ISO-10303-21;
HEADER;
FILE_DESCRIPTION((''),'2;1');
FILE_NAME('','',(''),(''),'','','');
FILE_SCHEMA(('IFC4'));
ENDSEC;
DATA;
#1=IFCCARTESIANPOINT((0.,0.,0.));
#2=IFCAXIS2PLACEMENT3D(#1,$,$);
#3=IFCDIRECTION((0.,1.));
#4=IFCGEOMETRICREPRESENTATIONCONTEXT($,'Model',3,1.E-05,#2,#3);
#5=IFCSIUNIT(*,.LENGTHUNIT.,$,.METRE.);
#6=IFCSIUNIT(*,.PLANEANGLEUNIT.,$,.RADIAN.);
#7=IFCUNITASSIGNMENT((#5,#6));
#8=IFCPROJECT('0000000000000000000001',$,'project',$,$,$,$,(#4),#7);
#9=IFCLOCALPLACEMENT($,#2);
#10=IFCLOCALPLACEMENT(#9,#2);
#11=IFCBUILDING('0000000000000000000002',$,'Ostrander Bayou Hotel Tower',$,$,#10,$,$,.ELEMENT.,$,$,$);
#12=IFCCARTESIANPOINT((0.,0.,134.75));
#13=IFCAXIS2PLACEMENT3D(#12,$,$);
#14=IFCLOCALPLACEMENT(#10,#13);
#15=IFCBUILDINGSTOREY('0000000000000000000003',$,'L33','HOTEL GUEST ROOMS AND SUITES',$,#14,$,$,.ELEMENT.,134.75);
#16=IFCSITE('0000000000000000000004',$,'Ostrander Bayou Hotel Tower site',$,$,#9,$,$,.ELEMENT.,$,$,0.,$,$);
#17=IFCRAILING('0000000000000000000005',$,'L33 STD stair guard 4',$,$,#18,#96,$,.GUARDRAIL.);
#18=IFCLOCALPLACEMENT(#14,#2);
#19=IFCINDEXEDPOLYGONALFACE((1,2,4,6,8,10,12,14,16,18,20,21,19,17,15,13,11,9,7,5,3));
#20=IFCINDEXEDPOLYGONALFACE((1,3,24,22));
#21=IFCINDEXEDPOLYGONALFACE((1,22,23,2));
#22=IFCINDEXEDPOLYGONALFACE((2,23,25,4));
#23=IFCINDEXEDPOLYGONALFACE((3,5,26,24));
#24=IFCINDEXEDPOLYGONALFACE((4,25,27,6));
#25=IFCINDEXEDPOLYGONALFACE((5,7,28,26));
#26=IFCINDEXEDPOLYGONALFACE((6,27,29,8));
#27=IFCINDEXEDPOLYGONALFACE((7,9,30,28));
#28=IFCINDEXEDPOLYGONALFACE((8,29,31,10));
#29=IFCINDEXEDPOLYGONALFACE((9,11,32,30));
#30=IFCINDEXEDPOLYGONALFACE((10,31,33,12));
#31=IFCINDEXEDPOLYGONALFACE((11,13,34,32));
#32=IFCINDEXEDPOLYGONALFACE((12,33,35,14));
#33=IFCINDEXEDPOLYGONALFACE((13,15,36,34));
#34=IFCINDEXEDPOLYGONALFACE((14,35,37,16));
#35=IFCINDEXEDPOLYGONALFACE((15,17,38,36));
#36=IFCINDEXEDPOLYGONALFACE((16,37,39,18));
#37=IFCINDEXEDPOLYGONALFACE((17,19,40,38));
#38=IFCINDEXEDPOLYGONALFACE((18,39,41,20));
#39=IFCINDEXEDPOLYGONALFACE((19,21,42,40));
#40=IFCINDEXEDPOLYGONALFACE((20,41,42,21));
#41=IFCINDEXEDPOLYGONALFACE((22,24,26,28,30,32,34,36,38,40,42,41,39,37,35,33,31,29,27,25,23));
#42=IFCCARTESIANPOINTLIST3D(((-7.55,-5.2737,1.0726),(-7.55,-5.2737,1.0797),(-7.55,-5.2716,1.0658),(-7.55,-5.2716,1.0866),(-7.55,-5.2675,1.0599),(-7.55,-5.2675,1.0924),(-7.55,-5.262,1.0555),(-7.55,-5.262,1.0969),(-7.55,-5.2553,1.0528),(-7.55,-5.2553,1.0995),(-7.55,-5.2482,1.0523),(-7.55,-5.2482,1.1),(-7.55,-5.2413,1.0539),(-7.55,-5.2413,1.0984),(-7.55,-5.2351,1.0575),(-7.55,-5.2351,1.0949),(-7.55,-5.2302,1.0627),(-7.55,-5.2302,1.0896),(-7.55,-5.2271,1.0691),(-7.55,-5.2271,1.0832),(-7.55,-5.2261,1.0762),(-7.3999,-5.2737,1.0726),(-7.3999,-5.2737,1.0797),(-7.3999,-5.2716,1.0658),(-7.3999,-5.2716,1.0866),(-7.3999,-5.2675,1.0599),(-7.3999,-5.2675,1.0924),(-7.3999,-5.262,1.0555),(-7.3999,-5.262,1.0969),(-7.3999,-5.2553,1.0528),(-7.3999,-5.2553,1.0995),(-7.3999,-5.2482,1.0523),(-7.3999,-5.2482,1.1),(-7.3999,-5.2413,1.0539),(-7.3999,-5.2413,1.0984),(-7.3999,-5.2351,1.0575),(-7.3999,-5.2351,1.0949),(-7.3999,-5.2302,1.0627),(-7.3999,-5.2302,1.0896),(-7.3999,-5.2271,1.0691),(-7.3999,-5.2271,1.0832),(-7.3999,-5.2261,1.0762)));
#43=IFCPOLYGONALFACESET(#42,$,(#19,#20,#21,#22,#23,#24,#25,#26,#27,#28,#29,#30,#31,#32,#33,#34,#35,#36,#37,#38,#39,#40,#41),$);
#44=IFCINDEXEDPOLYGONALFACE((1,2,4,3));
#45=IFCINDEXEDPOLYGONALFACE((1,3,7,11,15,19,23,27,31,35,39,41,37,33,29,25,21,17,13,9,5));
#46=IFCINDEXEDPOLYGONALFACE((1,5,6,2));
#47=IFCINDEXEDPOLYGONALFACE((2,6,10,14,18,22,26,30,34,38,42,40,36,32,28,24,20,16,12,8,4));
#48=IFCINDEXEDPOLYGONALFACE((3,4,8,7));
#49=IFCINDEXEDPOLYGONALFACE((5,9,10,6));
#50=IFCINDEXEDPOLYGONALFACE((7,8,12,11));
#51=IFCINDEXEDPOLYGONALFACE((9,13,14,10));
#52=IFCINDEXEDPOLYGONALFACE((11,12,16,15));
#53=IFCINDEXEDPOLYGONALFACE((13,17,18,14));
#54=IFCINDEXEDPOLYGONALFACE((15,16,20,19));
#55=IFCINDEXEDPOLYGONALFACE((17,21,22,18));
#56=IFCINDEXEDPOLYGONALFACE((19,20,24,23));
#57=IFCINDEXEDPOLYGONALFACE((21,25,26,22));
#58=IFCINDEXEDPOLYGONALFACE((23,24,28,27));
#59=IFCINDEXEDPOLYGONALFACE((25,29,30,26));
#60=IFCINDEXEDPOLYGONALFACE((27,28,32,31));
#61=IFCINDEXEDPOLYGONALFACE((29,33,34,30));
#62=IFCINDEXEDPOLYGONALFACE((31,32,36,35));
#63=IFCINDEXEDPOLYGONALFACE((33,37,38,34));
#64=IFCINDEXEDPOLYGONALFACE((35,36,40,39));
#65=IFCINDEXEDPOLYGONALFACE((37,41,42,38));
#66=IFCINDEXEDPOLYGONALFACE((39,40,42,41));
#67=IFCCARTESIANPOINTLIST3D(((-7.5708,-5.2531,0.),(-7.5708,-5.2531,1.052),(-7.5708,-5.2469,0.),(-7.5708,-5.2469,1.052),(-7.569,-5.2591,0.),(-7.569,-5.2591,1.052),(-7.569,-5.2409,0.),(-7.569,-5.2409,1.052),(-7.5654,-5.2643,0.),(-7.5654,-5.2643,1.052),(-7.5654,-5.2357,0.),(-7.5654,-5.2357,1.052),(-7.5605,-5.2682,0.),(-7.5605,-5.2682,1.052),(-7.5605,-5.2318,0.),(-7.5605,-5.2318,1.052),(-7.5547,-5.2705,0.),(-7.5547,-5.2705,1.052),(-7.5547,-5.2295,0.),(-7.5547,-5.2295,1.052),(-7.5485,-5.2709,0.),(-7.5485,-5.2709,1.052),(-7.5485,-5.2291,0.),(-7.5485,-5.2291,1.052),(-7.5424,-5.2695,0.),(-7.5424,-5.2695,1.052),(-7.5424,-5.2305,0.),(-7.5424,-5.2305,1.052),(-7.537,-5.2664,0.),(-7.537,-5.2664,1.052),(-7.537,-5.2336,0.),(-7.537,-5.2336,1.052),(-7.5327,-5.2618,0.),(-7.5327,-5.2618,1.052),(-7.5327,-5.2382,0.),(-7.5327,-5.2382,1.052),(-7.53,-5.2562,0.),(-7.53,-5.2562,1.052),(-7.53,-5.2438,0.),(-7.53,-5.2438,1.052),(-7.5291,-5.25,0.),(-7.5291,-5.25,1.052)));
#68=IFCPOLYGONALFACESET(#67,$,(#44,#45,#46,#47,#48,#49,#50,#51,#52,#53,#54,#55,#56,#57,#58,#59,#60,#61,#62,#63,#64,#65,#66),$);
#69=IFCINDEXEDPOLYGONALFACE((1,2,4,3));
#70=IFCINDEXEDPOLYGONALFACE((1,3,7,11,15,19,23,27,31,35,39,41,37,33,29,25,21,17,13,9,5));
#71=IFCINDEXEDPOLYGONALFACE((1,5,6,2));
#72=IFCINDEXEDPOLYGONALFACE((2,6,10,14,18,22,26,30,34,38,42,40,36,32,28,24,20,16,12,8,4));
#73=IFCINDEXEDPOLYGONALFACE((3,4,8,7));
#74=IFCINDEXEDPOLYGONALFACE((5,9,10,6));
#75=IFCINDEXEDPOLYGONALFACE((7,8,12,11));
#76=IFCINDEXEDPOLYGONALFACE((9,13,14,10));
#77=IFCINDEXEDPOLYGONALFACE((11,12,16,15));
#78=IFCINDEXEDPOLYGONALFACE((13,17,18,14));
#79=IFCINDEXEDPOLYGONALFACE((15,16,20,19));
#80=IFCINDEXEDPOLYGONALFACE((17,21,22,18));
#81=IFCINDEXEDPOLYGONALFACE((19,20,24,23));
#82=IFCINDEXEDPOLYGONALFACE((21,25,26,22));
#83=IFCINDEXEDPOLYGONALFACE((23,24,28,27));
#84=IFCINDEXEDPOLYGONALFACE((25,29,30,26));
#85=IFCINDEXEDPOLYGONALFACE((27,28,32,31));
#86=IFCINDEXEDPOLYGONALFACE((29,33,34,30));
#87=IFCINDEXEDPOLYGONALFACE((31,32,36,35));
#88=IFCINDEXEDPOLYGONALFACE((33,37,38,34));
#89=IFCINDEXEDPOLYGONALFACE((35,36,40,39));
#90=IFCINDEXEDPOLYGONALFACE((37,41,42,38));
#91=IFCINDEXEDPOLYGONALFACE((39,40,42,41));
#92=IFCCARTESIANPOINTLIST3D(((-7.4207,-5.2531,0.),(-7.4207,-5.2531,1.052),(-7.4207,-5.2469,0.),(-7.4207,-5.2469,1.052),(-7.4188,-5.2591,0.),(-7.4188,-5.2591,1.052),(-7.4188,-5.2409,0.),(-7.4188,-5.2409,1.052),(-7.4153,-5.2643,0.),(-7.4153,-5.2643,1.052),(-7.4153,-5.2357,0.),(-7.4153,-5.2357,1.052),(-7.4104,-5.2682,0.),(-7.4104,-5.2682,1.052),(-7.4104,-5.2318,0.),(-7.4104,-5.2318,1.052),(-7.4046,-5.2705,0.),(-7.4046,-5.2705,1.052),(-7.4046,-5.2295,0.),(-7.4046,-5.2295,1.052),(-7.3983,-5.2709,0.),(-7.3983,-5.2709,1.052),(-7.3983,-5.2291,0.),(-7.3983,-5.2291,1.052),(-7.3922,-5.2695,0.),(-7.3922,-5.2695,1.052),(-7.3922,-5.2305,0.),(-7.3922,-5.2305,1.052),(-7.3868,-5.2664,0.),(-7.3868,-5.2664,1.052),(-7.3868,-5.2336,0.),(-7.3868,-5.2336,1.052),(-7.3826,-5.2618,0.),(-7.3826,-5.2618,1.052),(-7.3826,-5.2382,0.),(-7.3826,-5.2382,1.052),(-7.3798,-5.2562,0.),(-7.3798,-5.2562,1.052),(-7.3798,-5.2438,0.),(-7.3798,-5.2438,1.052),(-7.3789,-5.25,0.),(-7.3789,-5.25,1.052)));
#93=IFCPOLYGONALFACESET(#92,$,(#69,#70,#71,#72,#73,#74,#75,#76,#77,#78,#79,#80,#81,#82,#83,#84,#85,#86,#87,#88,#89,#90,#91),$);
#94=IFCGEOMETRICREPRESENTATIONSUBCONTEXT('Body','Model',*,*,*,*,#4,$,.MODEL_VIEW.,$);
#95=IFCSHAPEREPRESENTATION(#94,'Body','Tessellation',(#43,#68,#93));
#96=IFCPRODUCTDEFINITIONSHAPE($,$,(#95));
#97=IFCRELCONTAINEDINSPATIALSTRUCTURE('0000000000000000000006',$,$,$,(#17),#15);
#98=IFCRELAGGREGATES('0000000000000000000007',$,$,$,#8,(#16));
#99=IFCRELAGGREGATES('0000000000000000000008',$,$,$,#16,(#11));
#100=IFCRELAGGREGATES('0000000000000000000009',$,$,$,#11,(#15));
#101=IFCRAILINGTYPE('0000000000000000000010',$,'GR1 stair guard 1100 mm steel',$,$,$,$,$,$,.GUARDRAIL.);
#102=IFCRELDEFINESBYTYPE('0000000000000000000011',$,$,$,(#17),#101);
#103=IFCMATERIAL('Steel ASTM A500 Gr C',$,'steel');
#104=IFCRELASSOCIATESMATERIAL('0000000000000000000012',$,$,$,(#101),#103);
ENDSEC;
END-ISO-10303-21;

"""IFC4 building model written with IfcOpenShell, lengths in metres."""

from ifc_helpers import new_model, si_unit, direction, frame, origin, origin_2d, place, context, subcontext, project, spatial, circle, extrude, material, type_object, element, save


model = new_model("IFC4")

# Units and contexts
model_context = context("Model", 3, precision=1e-05, world=origin(), true_north=direction((0.0, 1.0)))
body_context = subcontext(model_context, "Body", "Model", "MODEL_VIEW")
ifc_project = project(units=[si_unit("LENGTHUNIT", "METRE"), si_unit("PLANEANGLEUNIT", "RADIAN")], contexts=[model_context])

# Site, building, storey
site_placement = place(None, origin())
site = spatial("IfcSite", under=ifc_project, at=site_placement, Name="Ostrander Bayou Hotel Tower site", CompositionType="ELEMENT", RefElevation=0.0)
building_placement = place(site_placement, origin())
building = spatial("IfcBuilding", under=site, at=building_placement, Name="Ostrander Bayou Hotel Tower", CompositionType="ELEMENT")
storey_placement = place(building_placement, frame((0.0, 0.0, 134.75)))
storey = spatial("IfcBuildingStorey", under=building, at=storey_placement, Name="L33", Description="HOTEL GUEST ROOMS AND SUITES", CompositionType="ELEMENT", Elevation=134.75)

# Railing
ifc_material_1 = material(Name="Steel ASTM A500 Gr C", Category="steel")
railing_type_1 = type_object("IfcRailingType", Name="GR1 stair guard 1100 mm steel", PredefinedType="GUARDRAIL", material=ifc_material_1)
railing_1_placement = place(storey_placement, frame((-7.55, -5.25, 0.0)))
element("IfcRailing", 1, at=railing_1_placement, inside=storey, type_object=railing_type_1, Name="L33 STD stair guard 4", PredefinedType="GUARDRAIL", context=body_context, shape_type="SweptSolid", body=[
    extrude(circle(Radius=0.0239, at=origin_2d()), frame((0.0, 0.0, 1.0762), z_axis=(1.0, 0.0, 0.0), x_axis=(0.0, 1.0, 0.0)), (0.0, 0.0, 1.0), 0.1501),
    extrude(circle(Radius=0.021, at=origin_2d()), origin(), (0.0, 0.0, 1.0), 1.052),
    extrude(circle(Radius=0.021, at=origin_2d()), frame((0.1501, 0.0, 0.0)), (0.0, 0.0, 1.0), 1.052),
])

save(model, "model.ifc")
